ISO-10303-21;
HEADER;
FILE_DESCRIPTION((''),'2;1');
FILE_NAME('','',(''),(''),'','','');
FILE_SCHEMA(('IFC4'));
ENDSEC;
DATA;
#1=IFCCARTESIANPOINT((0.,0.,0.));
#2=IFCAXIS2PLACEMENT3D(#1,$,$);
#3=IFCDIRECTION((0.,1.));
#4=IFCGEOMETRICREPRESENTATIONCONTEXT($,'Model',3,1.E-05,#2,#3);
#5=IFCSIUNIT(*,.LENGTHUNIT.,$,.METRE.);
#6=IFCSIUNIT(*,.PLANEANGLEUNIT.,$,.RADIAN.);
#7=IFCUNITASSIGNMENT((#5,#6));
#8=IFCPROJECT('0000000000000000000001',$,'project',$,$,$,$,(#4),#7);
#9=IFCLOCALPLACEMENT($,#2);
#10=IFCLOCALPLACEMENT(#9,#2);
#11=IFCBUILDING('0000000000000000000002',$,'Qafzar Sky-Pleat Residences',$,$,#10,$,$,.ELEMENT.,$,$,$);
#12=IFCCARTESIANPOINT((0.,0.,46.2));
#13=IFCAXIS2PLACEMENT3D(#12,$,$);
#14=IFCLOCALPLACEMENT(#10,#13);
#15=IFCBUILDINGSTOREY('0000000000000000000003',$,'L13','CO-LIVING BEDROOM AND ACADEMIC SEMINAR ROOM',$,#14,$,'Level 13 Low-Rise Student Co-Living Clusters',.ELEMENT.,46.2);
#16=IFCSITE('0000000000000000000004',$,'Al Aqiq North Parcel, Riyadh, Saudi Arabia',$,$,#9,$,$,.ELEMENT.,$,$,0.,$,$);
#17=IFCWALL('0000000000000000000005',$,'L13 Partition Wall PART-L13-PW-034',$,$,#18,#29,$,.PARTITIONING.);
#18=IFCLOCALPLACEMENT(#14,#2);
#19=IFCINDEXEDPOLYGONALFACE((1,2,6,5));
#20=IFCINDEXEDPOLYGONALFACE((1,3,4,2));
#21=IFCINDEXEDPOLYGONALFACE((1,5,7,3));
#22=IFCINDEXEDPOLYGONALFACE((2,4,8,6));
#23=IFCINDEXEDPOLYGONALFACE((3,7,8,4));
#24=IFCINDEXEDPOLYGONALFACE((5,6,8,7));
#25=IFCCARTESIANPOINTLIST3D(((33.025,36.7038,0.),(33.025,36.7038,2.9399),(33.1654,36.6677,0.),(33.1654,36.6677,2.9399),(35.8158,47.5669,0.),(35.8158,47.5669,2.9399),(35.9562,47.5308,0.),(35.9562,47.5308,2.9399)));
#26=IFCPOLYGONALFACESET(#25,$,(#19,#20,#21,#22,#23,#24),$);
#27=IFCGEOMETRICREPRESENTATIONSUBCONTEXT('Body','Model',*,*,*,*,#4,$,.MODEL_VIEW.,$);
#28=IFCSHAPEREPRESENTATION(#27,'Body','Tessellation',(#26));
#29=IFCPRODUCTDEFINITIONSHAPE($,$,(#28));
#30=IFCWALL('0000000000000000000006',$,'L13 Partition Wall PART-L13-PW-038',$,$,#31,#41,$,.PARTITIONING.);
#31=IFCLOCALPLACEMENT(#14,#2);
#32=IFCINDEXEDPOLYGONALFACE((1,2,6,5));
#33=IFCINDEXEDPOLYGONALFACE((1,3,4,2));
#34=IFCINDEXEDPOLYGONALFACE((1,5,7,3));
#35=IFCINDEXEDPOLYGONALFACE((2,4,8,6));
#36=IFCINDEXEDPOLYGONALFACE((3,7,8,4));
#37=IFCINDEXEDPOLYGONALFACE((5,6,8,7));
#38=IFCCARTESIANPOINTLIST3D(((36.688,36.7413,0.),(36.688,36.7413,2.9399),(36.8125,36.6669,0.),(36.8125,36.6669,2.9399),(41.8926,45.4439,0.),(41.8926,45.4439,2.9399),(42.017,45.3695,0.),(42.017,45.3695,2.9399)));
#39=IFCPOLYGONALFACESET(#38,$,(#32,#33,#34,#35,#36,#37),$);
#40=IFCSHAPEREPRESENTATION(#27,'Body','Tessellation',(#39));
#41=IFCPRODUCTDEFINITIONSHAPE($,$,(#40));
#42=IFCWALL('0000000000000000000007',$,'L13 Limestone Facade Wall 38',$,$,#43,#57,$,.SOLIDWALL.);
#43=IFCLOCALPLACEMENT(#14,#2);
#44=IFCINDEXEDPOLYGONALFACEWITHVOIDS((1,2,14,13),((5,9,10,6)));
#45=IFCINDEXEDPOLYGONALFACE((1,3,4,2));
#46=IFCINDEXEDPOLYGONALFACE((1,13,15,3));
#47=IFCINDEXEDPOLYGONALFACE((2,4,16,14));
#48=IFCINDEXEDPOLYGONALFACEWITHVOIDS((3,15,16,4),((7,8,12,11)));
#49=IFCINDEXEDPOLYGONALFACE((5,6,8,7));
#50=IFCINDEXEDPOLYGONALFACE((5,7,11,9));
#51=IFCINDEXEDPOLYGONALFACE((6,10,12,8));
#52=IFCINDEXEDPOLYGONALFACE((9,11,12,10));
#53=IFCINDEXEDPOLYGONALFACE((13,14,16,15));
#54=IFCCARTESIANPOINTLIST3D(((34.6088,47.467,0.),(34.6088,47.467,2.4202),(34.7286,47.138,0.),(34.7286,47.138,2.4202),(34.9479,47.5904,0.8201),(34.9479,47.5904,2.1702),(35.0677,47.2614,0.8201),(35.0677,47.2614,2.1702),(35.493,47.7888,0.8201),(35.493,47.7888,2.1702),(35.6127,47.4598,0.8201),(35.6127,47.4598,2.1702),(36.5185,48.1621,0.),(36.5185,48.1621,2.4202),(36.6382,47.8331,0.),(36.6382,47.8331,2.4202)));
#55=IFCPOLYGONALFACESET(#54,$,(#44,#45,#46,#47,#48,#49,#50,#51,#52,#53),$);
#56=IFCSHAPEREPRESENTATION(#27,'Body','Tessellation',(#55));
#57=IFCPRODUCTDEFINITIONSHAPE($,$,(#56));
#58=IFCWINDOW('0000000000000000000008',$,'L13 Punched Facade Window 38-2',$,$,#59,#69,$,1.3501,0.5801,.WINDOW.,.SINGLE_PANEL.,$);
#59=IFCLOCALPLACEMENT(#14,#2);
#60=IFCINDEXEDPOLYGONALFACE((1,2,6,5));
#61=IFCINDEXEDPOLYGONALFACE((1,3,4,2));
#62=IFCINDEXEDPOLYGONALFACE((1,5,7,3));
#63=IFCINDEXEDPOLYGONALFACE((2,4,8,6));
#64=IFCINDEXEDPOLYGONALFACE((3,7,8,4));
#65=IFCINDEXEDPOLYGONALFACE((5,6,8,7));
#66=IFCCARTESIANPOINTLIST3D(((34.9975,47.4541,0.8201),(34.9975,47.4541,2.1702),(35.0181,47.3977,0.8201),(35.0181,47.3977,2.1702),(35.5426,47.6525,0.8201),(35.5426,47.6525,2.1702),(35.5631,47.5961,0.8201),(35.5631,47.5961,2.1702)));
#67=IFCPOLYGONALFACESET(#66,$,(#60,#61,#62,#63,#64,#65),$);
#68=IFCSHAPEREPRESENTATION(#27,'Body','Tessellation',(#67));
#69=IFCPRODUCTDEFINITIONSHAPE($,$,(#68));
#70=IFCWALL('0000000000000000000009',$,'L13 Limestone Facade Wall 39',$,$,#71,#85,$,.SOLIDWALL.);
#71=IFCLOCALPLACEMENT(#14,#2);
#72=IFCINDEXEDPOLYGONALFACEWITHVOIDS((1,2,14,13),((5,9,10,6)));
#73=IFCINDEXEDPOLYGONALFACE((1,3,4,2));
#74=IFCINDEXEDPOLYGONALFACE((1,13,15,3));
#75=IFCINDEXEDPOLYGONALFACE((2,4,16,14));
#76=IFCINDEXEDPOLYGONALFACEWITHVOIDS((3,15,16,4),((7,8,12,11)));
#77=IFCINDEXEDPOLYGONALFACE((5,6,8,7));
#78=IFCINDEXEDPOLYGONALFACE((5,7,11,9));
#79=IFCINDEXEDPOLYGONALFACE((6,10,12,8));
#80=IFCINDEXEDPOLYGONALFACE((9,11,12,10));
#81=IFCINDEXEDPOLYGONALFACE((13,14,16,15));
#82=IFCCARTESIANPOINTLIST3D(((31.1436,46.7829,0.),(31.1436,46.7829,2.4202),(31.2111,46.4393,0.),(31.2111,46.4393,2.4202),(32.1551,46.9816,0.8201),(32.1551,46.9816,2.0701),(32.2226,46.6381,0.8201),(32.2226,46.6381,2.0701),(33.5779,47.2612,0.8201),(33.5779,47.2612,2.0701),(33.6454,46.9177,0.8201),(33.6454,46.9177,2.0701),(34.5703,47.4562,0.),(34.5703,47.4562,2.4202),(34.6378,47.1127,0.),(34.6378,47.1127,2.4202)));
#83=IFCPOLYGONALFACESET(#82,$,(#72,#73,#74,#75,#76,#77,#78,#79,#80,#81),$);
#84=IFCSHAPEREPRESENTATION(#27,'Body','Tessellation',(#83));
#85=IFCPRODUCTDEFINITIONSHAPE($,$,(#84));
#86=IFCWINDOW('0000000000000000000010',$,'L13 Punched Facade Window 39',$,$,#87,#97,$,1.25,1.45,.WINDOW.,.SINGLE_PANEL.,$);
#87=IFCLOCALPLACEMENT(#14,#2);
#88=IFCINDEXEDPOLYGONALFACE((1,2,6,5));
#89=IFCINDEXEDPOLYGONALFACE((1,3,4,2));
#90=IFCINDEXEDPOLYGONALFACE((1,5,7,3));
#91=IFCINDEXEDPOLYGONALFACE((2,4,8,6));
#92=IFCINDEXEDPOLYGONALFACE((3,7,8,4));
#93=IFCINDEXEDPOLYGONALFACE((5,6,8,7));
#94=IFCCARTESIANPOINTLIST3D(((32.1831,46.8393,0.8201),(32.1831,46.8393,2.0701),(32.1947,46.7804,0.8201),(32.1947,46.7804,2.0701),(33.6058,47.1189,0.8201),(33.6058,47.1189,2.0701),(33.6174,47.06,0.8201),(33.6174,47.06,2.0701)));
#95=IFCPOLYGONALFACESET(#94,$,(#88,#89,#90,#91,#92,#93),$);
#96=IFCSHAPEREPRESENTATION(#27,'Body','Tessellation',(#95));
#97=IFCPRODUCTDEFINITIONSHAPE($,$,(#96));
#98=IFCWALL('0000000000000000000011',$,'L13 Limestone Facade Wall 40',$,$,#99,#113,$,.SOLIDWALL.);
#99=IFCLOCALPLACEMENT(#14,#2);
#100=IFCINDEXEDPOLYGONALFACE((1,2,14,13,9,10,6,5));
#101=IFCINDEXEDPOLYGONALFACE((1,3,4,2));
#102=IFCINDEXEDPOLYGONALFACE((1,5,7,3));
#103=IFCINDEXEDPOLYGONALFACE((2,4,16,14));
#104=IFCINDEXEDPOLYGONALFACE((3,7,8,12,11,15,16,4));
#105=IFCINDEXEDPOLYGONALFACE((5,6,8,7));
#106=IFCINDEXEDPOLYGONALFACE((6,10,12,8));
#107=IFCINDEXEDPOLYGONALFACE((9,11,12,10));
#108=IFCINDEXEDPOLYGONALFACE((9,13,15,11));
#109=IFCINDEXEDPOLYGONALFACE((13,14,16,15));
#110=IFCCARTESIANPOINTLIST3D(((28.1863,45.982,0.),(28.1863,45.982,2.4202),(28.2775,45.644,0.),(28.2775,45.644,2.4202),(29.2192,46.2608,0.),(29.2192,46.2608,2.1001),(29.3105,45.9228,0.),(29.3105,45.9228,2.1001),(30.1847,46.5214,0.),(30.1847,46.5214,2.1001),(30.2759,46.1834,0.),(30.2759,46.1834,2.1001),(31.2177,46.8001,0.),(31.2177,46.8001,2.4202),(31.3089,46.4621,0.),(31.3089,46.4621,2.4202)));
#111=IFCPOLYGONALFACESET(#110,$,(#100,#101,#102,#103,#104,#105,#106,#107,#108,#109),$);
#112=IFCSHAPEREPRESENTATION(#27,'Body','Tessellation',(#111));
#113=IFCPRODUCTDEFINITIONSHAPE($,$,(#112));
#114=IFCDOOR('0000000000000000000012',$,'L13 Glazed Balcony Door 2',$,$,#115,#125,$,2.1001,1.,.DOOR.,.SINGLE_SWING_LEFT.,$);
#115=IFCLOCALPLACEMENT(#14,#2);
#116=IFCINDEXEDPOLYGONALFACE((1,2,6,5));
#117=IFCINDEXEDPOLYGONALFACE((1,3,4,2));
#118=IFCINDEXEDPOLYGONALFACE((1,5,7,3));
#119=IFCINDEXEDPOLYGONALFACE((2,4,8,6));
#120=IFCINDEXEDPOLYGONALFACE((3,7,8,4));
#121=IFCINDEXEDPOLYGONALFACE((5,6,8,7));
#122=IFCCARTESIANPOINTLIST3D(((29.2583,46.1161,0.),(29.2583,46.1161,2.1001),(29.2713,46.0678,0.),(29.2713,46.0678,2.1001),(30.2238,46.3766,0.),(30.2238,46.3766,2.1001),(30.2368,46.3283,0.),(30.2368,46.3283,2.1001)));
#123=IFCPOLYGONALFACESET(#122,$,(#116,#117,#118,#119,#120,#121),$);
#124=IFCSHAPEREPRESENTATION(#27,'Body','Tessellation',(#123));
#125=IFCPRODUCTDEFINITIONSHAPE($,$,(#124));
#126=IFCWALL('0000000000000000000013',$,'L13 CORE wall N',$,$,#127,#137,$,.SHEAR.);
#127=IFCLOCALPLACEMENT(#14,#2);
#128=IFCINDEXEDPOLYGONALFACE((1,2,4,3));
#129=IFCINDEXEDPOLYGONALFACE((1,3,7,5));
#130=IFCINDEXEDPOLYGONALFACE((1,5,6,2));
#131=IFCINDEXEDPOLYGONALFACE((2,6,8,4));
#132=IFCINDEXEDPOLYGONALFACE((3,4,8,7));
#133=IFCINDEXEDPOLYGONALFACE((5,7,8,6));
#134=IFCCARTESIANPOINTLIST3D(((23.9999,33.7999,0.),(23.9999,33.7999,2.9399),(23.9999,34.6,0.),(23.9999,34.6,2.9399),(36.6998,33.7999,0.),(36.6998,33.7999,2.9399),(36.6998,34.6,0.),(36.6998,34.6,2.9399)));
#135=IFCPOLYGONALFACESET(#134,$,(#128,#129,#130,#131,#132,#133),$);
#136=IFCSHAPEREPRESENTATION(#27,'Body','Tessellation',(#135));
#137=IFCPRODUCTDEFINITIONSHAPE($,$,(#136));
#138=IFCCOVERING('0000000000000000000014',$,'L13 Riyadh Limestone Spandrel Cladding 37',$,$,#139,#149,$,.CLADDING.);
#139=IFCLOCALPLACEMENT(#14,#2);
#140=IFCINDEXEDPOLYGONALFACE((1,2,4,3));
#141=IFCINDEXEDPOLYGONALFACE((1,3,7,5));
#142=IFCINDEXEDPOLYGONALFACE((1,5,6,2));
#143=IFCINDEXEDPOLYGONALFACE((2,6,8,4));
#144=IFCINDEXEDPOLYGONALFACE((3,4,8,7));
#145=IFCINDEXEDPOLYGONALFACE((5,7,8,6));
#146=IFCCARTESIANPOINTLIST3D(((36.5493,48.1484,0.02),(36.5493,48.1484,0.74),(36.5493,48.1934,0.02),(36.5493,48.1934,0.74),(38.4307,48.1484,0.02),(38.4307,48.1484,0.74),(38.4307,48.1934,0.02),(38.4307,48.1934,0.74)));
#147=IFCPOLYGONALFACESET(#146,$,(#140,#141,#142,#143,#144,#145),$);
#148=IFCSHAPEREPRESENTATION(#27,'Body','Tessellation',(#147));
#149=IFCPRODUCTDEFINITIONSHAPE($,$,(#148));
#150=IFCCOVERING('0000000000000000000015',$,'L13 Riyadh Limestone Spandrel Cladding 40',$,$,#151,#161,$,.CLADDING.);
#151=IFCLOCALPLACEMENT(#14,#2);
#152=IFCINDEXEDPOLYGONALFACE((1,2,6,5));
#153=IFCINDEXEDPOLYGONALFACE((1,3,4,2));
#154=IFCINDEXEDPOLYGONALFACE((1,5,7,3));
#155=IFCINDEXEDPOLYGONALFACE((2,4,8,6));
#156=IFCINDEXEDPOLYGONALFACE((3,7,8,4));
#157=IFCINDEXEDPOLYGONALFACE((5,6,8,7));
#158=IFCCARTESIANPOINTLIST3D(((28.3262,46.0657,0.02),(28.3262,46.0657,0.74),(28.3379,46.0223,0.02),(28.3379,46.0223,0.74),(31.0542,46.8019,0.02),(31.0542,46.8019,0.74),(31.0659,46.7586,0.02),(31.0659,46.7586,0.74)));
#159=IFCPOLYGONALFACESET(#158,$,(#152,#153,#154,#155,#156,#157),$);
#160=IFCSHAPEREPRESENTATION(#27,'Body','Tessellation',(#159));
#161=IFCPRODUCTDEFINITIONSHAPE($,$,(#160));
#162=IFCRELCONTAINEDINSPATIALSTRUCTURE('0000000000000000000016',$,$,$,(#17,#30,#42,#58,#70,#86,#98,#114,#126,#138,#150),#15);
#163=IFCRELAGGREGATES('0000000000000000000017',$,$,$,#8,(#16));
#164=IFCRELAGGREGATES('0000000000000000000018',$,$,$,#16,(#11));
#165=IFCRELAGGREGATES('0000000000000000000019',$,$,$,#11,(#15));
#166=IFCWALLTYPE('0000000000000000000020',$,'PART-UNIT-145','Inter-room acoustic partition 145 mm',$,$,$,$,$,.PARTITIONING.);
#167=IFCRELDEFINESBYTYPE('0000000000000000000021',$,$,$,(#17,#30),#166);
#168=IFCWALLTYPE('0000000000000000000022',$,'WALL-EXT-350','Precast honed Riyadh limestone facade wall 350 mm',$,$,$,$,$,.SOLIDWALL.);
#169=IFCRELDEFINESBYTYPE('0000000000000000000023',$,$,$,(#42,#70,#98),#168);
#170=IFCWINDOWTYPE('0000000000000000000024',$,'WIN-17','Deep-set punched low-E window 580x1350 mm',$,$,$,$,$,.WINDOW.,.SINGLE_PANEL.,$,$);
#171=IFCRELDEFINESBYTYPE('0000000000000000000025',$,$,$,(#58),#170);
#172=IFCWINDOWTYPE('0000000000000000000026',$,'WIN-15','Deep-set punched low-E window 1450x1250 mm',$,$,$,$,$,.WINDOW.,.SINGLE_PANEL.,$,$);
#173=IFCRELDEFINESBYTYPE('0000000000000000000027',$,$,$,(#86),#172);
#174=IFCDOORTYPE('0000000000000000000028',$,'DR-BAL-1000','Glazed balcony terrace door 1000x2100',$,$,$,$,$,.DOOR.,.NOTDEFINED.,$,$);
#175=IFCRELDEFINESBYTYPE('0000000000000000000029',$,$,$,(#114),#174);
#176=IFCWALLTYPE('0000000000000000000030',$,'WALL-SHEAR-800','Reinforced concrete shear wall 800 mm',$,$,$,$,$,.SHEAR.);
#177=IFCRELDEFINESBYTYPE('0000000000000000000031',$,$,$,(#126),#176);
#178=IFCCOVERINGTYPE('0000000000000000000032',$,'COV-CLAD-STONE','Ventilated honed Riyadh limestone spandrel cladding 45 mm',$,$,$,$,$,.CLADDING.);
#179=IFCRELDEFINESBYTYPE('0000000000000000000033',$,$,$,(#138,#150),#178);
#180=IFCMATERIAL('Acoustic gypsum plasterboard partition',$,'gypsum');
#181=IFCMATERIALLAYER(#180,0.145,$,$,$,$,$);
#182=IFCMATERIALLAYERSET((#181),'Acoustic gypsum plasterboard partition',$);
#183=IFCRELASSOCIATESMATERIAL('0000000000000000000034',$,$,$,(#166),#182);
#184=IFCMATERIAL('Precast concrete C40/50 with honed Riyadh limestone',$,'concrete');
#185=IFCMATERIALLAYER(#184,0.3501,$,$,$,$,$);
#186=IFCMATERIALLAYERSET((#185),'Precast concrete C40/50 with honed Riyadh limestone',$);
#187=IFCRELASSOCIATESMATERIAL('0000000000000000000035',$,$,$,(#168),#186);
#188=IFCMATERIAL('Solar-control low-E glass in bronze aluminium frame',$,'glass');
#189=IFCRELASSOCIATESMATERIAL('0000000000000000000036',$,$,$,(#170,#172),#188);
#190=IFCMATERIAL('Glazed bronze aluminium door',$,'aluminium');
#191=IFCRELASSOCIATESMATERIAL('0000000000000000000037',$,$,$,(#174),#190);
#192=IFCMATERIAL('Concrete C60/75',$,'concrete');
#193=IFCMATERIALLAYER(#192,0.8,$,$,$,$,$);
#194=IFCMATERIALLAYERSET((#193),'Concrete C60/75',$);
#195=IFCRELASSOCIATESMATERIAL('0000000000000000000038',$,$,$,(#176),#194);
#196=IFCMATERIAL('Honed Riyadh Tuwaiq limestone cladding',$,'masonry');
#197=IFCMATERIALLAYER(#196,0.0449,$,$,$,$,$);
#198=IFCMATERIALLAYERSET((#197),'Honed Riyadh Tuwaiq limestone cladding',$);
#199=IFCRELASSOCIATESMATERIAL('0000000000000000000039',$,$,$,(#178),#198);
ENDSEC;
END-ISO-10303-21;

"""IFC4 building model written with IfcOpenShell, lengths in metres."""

from ifc_helpers import new_model, si_unit, direction, frame, frame_2d, origin, origin_2d, place, context, subcontext, project, spatial, rectangle, extrude, source, transform, mapped, material, layer, layer_set, type_object, element, fill, save


model = new_model("IFC4")

# Units and contexts
model_context = context("Model", 3, precision=1e-05, world=origin(), true_north=direction((0.0, 1.0)))
body_context = subcontext(model_context, "Body", "Model", "MODEL_VIEW")
ifc_project = project(units=[si_unit("LENGTHUNIT", "METRE"), si_unit("PLANEANGLEUNIT", "RADIAN")], contexts=[model_context])

# Site, building, storey
site_placement = place(None, origin())
site = spatial("IfcSite", under=ifc_project, at=site_placement, Name="Al Aqiq North Parcel, Riyadh, Saudi Arabia", CompositionType="ELEMENT", RefElevation=0.0)
building_placement = place(site_placement, origin())
building = spatial("IfcBuilding", under=site, at=building_placement, Name="Qafzar Sky-Pleat Residences", CompositionType="ELEMENT")
storey_placement = place(building_placement, frame((0.0, 0.0, 46.2)))
storey = spatial("IfcBuildingStorey", under=building, at=storey_placement, Name="L13", Description="CO-LIVING BEDROOM AND ACADEMIC SEMINAR ROOM", LongName="Level 13 Low-Rise Student Co-Living Clusters", CompositionType="ELEMENT", Elevation=46.2)

# Shared definitions
ifc_material_1 = material(Name="Acoustic gypsum plasterboard partition", Category="gypsum")

# Walls
ifc_layer_1 = layer(ifc_material_1, 0.145)
ifc_layer_set_1 = layer_set([ifc_layer_1], Name="Acoustic gypsum plasterboard partition")
wall_type_1 = type_object("IfcWallType", Name="PART-UNIT-145", Description="Inter-room acoustic partition 145 mm", PredefinedType="PARTITIONING", material=ifc_layer_set_1)
wall_1_placement = place(storey_placement, frame((33.0952, 36.6858, 0.0), z_axis=(0.0, 0.0, 1.0), x_axis=(0.248825, 0.968548, 0.0)))
element("IfcWall", 1, at=wall_1_placement, inside=storey, type_object=wall_type_1, Name="L13 Partition Wall PART-L13-PW-034", PredefinedType="PARTITIONING", context=body_context, shape_type="SweptSolid", body=[
    extrude(rectangle(XDim=11.2158, YDim=0.145, at=frame_2d((5.6079, 0.0))), origin(), (0.0, 0.0, 1.0), 2.9399),
])
wall_2_placement = place(storey_placement, frame((36.7502, 36.7041, 0.0), z_axis=(0.0, 0.0, 1.0), x_axis=(0.513263, 0.858231, 0.0)))
element("IfcWall", 2, at=wall_2_placement, inside=storey, type_object=wall_type_1, Name="L13 Partition Wall PART-L13-PW-038", PredefinedType="PARTITIONING", context=body_context, shape_type="SweptSolid", body=[
    extrude(rectangle(XDim=10.1401, YDim=0.145, at=frame_2d((5.0701, 0.0))), origin(), (0.0, 0.0, 1.0), 2.9399),
])

# Walls, openings, windows
ifc_material_2 = material(Name="Precast concrete C40/50 with honed Riyadh limestone", Category="concrete")
ifc_layer_2 = layer(ifc_material_2, 0.3501)
ifc_layer_set_2 = layer_set([ifc_layer_2], Name="Precast concrete C40/50 with honed Riyadh limestone")
wall_type_2 = type_object("IfcWallType", Name="WALL-EXT-350", Description="Precast honed Riyadh limestone facade wall 350 mm", PredefinedType="SOLIDWALL", material=ifc_layer_set_2)
wall_3_placement = place(storey_placement, frame((36.5784, 47.9976, 0.0), z_axis=(0.0, 0.0, 1.0), x_axis=(-0.939692, -0.342023, 0.0)))
wall_3 = element("IfcWall", 3, at=wall_3_placement, inside=storey, type_object=wall_type_2, Name="L13 Limestone Facade Wall 38", PredefinedType="SOLIDWALL", context=body_context, shape_type="SweptSolid", body=[
    extrude(rectangle(XDim=2.0322, YDim=0.3501, at=frame_2d((1.0161, 0.0))), origin(), (0.0, 0.0, 1.0), 2.4202),
])
opening_1_placement = place(wall_3_placement, frame((1.0913, 0.0, 0.8201)))
opening_1 = element("IfcOpeningElement", 4, at=opening_1_placement, cuts=wall_3, PredefinedType="OPENING", context=body_context, shape_type="SweptSolid", body=[
    extrude(rectangle(XDim=0.5801, YDim=1.3501, at=frame_2d((0.29, 0.675))), frame((0.0, 0.1851, 0.0), z_axis=(0.0, -1.0, 0.0), x_axis=(1.0, 0.0, 0.0)), (0.0, 0.0, 1.0), 0.3701),
])
ifc_material_3 = material(Name="Solar-control low-E glass in bronze aluminium frame", Category="glass")
window_type_1 = type_object("IfcWindowType", Name="WIN-17", Description="Deep-set punched low-E window 580x1350 mm", PartitioningType="SINGLE_PANEL", PredefinedType="WINDOW", material=ifc_material_3)
shared_shape_1 = source(origin(), body_context, "Body", "SweptSolid", [
    extrude(rectangle(XDim=0.5801, YDim=1.3501, at=frame_2d((0.29, 0.675))), frame((0.0, 0.03, 0.0), z_axis=(0.0, -1.0, 0.0), x_axis=(1.0, 0.0, 0.0)), (0.0, 0.0, 1.0), 0.0601),
])
window_1_placement = place(opening_1_placement, origin())
window_1 = element("IfcWindow", 5, at=window_1_placement, inside=storey, type_object=window_type_1, Name="L13 Punched Facade Window 38-2", OverallHeight=1.3501, OverallWidth=0.5801, PartitioningType="SINGLE_PANEL", PredefinedType="WINDOW", context=body_context, shape_type="MappedRepresentation", body=[
    mapped(shared_shape_1, transform((0.0, 0.0, 0.0), x_axis=(1.0, 0.0, 0.0), y_axis=(0.0, 1.0, 0.0), z_axis=(0.0, 0.0, 1.0), scale=1.0)),
])
fill(opening_1, window_1)
wall_4_placement = place(storey_placement, frame((34.604, 47.2844, 0.0), z_axis=(0.0, 0.0, 1.0), x_axis=(-0.981237, -0.192808, 0.0)))
wall_4 = element("IfcWall", 6, at=wall_4_placement, inside=storey, type_object=wall_type_2, Name="L13 Limestone Facade Wall 39", PredefinedType="SOLIDWALL", context=body_context, shape_type="SweptSolid", body=[
    extrude(rectangle(XDim=3.4922, YDim=0.3501, at=frame_2d((1.7461, 0.0))), origin(), (0.0, 0.0, 1.0), 2.4202),
])
opening_2_placement = place(wall_4_placement, frame((1.0112, 0.0, 0.8201)))
opening_2 = element("IfcOpeningElement", 7, at=opening_2_placement, cuts=wall_4, PredefinedType="OPENING", context=body_context, shape_type="SweptSolid", body=[
    extrude(rectangle(XDim=1.45, YDim=1.25, at=frame_2d((0.7251, 0.625))), frame((0.0, 0.1851, 0.0), z_axis=(0.0, -1.0, 0.0), x_axis=(1.0, 0.0, 0.0)), (0.0, 0.0, 1.0), 0.3701),
])
window_type_2 = type_object("IfcWindowType", Name="WIN-15", Description="Deep-set punched low-E window 1450x1250 mm", PartitioningType="SINGLE_PANEL", PredefinedType="WINDOW", material=ifc_material_3)
shared_shape_2 = source(origin(), body_context, "Body", "SweptSolid", [
    extrude(rectangle(XDim=1.45, YDim=1.25, at=frame_2d((0.7251, 0.625))), frame((0.0, 0.03, 0.0), z_axis=(0.0, -1.0, 0.0), x_axis=(1.0, 0.0, 0.0)), (0.0, 0.0, 1.0), 0.0601),
])
window_2_placement = place(opening_2_placement, origin())
window_2 = element("IfcWindow", 8, at=window_2_placement, inside=storey, type_object=window_type_2, Name="L13 Punched Facade Window 39", OverallHeight=1.25, OverallWidth=1.45, PartitioningType="SINGLE_PANEL", PredefinedType="WINDOW", context=body_context, shape_type="MappedRepresentation", body=[
    mapped(shared_shape_2, transform((0.0, 0.0, 0.0), x_axis=(1.0, 0.0, 0.0), y_axis=(0.0, 1.0, 0.0), z_axis=(0.0, 0.0, 1.0), scale=1.0)),
])
fill(opening_2, window_2)

# Wall, opening, door
wall_5_placement = place(storey_placement, frame((31.2632, 46.6311, 0.0), z_axis=(0.0, 0.0, 1.0), x_axis=(-0.96546, -0.260551, 0.0)))
wall_5 = element("IfcWall", 9, at=wall_5_placement, inside=storey, type_object=wall_type_2, Name="L13 Limestone Facade Wall 40", PredefinedType="SOLIDWALL", context=body_context, shape_type="SweptSolid", body=[
    extrude(rectangle(XDim=3.1399, YDim=0.3501, at=frame_2d((1.5698, 0.0))), origin(), (0.0, 0.0, 1.0), 2.4202),
])
opening_3_placement = place(wall_5_placement, frame((1.0698, 0.0, 0.0)))
opening_3 = element("IfcOpeningElement", 10, at=opening_3_placement, cuts=wall_5, PredefinedType="OPENING", context=body_context, shape_type="SweptSolid", body=[
    extrude(rectangle(XDim=1.0, YDim=2.1001, at=frame_2d((0.5, 1.05))), frame((0.0, 0.1851, 0.0), z_axis=(0.0, -1.0, 0.0), x_axis=(1.0, 0.0, 0.0)), (0.0, 0.0, 1.0), 0.3701),
])
ifc_material_4 = material(Name="Glazed bronze aluminium door", Category="aluminium")
door_type_1 = type_object("IfcDoorType", Name="DR-BAL-1000", Description="Glazed balcony terrace door 1000x2100", OperationType="NOTDEFINED", PredefinedType="DOOR", material=ifc_material_4)
shared_shape_3 = source(origin(), body_context, "Body", "SweptSolid", [
    extrude(rectangle(XDim=1.0, YDim=2.1001, at=frame_2d((0.5, 1.05))), frame((0.0, 0.0249, 0.0), z_axis=(0.0, -1.0, 0.0), x_axis=(1.0, 0.0, 0.0)), (0.0, 0.0, 1.0), 0.05),
])
door_1_placement = place(opening_3_placement, origin())
door_1 = element("IfcDoor", 11, at=door_1_placement, inside=storey, type_object=door_type_1, Name="L13 Glazed Balcony Door 2", OperationType="SINGLE_SWING_LEFT", OverallHeight=2.1001, OverallWidth=1.0, PredefinedType="DOOR", context=body_context, shape_type="MappedRepresentation", body=[
    mapped(shared_shape_3, transform((0.0, 0.0, 0.0), x_axis=(1.0, 0.0, 0.0), y_axis=(0.0, 1.0, 0.0), z_axis=(0.0, 0.0, 1.0), scale=1.0)),
])
fill(opening_3, door_1)

# Wall
ifc_material_5 = material(Name="Concrete C60/75", Category="concrete")
ifc_layer_3 = layer(ifc_material_5, 0.8)
ifc_layer_set_3 = layer_set([ifc_layer_3], Name="Concrete C60/75")
wall_type_3 = type_object("IfcWallType", Name="WALL-SHEAR-800", Description="Reinforced concrete shear wall 800 mm", PredefinedType="SHEAR", material=ifc_layer_set_3)
wall_6_placement = place(storey_placement, frame((36.7, 34.2, 0.0), z_axis=(0.0, 0.0, 1.0), x_axis=(-1.0, 0.0, 0.0)))
element("IfcWall", 12, at=wall_6_placement, inside=storey, type_object=wall_type_3, Name="L13 CORE wall N", PredefinedType="SHEAR", context=body_context, shape_type="SweptSolid", body=[
    extrude(rectangle(XDim=12.7, YDim=0.8, at=frame_2d((6.3501, 0.0))), origin(), (0.0, 0.0, 1.0), 2.9399),
])

# Covering
ifc_material_6 = material(Name="Honed Riyadh Tuwaiq limestone cladding", Category="masonry")
ifc_layer_4 = layer(ifc_material_6, 0.0449)
ifc_layer_set_4 = layer_set([ifc_layer_4], Name="Honed Riyadh Tuwaiq limestone cladding")
covering_type = type_object("IfcCoveringType", Name="COV-CLAD-STONE", Description="Ventilated honed Riyadh limestone spandrel cladding 45 mm", PredefinedType="CLADDING", material=ifc_layer_set_4)
shared_shape_4 = source(origin(), body_context, "Body", "SweptSolid", [
    extrude(rectangle(XDim=1.8813, YDim=0.0449, at=origin_2d()), origin(), (0.0, 0.0, 1.0), 0.72),
])
covering_1_placement = place(storey_placement, frame((37.49, 48.1709, 0.02), z_axis=(0.0, 0.0, 1.0), x_axis=(-1.0, 0.0, 0.0)))
element("IfcCovering", 13, at=covering_1_placement, inside=storey, type_object=covering_type, Name="L13 Riyadh Limestone Spandrel Cladding 37", PredefinedType="CLADDING", context=body_context, shape_type="MappedRepresentation", body=[
    mapped(shared_shape_4, transform((0.0, 0.0, 0.0), x_axis=(1.0, 0.0, 0.0), y_axis=(0.0, 1.0, 0.0), z_axis=(0.0, 0.0, 1.0), scale=1.0)),
])

# Covering
shared_shape_5 = source(origin(), body_context, "Body", "SweptSolid", [
    extrude(rectangle(XDim=2.8257, YDim=0.0449, at=origin_2d()), origin(), (0.0, 0.0, 1.0), 0.72),
])
covering_2_placement = place(storey_placement, frame((29.696, 46.4121, 0.02), z_axis=(0.0, 0.0, 1.0), x_axis=(-0.965457, -0.260562, 0.0)))
element("IfcCovering", 14, at=covering_2_placement, inside=storey, type_object=covering_type, Name="L13 Riyadh Limestone Spandrel Cladding 40", PredefinedType="CLADDING", context=body_context, shape_type="MappedRepresentation", body=[
    mapped(shared_shape_5, transform((0.0, 0.0, 0.0), x_axis=(1.0, 0.0, 0.0), y_axis=(0.0, 1.0, 0.0), z_axis=(0.0, 0.0, 1.0), scale=1.0)),
])

save(model, "model.ifc")
